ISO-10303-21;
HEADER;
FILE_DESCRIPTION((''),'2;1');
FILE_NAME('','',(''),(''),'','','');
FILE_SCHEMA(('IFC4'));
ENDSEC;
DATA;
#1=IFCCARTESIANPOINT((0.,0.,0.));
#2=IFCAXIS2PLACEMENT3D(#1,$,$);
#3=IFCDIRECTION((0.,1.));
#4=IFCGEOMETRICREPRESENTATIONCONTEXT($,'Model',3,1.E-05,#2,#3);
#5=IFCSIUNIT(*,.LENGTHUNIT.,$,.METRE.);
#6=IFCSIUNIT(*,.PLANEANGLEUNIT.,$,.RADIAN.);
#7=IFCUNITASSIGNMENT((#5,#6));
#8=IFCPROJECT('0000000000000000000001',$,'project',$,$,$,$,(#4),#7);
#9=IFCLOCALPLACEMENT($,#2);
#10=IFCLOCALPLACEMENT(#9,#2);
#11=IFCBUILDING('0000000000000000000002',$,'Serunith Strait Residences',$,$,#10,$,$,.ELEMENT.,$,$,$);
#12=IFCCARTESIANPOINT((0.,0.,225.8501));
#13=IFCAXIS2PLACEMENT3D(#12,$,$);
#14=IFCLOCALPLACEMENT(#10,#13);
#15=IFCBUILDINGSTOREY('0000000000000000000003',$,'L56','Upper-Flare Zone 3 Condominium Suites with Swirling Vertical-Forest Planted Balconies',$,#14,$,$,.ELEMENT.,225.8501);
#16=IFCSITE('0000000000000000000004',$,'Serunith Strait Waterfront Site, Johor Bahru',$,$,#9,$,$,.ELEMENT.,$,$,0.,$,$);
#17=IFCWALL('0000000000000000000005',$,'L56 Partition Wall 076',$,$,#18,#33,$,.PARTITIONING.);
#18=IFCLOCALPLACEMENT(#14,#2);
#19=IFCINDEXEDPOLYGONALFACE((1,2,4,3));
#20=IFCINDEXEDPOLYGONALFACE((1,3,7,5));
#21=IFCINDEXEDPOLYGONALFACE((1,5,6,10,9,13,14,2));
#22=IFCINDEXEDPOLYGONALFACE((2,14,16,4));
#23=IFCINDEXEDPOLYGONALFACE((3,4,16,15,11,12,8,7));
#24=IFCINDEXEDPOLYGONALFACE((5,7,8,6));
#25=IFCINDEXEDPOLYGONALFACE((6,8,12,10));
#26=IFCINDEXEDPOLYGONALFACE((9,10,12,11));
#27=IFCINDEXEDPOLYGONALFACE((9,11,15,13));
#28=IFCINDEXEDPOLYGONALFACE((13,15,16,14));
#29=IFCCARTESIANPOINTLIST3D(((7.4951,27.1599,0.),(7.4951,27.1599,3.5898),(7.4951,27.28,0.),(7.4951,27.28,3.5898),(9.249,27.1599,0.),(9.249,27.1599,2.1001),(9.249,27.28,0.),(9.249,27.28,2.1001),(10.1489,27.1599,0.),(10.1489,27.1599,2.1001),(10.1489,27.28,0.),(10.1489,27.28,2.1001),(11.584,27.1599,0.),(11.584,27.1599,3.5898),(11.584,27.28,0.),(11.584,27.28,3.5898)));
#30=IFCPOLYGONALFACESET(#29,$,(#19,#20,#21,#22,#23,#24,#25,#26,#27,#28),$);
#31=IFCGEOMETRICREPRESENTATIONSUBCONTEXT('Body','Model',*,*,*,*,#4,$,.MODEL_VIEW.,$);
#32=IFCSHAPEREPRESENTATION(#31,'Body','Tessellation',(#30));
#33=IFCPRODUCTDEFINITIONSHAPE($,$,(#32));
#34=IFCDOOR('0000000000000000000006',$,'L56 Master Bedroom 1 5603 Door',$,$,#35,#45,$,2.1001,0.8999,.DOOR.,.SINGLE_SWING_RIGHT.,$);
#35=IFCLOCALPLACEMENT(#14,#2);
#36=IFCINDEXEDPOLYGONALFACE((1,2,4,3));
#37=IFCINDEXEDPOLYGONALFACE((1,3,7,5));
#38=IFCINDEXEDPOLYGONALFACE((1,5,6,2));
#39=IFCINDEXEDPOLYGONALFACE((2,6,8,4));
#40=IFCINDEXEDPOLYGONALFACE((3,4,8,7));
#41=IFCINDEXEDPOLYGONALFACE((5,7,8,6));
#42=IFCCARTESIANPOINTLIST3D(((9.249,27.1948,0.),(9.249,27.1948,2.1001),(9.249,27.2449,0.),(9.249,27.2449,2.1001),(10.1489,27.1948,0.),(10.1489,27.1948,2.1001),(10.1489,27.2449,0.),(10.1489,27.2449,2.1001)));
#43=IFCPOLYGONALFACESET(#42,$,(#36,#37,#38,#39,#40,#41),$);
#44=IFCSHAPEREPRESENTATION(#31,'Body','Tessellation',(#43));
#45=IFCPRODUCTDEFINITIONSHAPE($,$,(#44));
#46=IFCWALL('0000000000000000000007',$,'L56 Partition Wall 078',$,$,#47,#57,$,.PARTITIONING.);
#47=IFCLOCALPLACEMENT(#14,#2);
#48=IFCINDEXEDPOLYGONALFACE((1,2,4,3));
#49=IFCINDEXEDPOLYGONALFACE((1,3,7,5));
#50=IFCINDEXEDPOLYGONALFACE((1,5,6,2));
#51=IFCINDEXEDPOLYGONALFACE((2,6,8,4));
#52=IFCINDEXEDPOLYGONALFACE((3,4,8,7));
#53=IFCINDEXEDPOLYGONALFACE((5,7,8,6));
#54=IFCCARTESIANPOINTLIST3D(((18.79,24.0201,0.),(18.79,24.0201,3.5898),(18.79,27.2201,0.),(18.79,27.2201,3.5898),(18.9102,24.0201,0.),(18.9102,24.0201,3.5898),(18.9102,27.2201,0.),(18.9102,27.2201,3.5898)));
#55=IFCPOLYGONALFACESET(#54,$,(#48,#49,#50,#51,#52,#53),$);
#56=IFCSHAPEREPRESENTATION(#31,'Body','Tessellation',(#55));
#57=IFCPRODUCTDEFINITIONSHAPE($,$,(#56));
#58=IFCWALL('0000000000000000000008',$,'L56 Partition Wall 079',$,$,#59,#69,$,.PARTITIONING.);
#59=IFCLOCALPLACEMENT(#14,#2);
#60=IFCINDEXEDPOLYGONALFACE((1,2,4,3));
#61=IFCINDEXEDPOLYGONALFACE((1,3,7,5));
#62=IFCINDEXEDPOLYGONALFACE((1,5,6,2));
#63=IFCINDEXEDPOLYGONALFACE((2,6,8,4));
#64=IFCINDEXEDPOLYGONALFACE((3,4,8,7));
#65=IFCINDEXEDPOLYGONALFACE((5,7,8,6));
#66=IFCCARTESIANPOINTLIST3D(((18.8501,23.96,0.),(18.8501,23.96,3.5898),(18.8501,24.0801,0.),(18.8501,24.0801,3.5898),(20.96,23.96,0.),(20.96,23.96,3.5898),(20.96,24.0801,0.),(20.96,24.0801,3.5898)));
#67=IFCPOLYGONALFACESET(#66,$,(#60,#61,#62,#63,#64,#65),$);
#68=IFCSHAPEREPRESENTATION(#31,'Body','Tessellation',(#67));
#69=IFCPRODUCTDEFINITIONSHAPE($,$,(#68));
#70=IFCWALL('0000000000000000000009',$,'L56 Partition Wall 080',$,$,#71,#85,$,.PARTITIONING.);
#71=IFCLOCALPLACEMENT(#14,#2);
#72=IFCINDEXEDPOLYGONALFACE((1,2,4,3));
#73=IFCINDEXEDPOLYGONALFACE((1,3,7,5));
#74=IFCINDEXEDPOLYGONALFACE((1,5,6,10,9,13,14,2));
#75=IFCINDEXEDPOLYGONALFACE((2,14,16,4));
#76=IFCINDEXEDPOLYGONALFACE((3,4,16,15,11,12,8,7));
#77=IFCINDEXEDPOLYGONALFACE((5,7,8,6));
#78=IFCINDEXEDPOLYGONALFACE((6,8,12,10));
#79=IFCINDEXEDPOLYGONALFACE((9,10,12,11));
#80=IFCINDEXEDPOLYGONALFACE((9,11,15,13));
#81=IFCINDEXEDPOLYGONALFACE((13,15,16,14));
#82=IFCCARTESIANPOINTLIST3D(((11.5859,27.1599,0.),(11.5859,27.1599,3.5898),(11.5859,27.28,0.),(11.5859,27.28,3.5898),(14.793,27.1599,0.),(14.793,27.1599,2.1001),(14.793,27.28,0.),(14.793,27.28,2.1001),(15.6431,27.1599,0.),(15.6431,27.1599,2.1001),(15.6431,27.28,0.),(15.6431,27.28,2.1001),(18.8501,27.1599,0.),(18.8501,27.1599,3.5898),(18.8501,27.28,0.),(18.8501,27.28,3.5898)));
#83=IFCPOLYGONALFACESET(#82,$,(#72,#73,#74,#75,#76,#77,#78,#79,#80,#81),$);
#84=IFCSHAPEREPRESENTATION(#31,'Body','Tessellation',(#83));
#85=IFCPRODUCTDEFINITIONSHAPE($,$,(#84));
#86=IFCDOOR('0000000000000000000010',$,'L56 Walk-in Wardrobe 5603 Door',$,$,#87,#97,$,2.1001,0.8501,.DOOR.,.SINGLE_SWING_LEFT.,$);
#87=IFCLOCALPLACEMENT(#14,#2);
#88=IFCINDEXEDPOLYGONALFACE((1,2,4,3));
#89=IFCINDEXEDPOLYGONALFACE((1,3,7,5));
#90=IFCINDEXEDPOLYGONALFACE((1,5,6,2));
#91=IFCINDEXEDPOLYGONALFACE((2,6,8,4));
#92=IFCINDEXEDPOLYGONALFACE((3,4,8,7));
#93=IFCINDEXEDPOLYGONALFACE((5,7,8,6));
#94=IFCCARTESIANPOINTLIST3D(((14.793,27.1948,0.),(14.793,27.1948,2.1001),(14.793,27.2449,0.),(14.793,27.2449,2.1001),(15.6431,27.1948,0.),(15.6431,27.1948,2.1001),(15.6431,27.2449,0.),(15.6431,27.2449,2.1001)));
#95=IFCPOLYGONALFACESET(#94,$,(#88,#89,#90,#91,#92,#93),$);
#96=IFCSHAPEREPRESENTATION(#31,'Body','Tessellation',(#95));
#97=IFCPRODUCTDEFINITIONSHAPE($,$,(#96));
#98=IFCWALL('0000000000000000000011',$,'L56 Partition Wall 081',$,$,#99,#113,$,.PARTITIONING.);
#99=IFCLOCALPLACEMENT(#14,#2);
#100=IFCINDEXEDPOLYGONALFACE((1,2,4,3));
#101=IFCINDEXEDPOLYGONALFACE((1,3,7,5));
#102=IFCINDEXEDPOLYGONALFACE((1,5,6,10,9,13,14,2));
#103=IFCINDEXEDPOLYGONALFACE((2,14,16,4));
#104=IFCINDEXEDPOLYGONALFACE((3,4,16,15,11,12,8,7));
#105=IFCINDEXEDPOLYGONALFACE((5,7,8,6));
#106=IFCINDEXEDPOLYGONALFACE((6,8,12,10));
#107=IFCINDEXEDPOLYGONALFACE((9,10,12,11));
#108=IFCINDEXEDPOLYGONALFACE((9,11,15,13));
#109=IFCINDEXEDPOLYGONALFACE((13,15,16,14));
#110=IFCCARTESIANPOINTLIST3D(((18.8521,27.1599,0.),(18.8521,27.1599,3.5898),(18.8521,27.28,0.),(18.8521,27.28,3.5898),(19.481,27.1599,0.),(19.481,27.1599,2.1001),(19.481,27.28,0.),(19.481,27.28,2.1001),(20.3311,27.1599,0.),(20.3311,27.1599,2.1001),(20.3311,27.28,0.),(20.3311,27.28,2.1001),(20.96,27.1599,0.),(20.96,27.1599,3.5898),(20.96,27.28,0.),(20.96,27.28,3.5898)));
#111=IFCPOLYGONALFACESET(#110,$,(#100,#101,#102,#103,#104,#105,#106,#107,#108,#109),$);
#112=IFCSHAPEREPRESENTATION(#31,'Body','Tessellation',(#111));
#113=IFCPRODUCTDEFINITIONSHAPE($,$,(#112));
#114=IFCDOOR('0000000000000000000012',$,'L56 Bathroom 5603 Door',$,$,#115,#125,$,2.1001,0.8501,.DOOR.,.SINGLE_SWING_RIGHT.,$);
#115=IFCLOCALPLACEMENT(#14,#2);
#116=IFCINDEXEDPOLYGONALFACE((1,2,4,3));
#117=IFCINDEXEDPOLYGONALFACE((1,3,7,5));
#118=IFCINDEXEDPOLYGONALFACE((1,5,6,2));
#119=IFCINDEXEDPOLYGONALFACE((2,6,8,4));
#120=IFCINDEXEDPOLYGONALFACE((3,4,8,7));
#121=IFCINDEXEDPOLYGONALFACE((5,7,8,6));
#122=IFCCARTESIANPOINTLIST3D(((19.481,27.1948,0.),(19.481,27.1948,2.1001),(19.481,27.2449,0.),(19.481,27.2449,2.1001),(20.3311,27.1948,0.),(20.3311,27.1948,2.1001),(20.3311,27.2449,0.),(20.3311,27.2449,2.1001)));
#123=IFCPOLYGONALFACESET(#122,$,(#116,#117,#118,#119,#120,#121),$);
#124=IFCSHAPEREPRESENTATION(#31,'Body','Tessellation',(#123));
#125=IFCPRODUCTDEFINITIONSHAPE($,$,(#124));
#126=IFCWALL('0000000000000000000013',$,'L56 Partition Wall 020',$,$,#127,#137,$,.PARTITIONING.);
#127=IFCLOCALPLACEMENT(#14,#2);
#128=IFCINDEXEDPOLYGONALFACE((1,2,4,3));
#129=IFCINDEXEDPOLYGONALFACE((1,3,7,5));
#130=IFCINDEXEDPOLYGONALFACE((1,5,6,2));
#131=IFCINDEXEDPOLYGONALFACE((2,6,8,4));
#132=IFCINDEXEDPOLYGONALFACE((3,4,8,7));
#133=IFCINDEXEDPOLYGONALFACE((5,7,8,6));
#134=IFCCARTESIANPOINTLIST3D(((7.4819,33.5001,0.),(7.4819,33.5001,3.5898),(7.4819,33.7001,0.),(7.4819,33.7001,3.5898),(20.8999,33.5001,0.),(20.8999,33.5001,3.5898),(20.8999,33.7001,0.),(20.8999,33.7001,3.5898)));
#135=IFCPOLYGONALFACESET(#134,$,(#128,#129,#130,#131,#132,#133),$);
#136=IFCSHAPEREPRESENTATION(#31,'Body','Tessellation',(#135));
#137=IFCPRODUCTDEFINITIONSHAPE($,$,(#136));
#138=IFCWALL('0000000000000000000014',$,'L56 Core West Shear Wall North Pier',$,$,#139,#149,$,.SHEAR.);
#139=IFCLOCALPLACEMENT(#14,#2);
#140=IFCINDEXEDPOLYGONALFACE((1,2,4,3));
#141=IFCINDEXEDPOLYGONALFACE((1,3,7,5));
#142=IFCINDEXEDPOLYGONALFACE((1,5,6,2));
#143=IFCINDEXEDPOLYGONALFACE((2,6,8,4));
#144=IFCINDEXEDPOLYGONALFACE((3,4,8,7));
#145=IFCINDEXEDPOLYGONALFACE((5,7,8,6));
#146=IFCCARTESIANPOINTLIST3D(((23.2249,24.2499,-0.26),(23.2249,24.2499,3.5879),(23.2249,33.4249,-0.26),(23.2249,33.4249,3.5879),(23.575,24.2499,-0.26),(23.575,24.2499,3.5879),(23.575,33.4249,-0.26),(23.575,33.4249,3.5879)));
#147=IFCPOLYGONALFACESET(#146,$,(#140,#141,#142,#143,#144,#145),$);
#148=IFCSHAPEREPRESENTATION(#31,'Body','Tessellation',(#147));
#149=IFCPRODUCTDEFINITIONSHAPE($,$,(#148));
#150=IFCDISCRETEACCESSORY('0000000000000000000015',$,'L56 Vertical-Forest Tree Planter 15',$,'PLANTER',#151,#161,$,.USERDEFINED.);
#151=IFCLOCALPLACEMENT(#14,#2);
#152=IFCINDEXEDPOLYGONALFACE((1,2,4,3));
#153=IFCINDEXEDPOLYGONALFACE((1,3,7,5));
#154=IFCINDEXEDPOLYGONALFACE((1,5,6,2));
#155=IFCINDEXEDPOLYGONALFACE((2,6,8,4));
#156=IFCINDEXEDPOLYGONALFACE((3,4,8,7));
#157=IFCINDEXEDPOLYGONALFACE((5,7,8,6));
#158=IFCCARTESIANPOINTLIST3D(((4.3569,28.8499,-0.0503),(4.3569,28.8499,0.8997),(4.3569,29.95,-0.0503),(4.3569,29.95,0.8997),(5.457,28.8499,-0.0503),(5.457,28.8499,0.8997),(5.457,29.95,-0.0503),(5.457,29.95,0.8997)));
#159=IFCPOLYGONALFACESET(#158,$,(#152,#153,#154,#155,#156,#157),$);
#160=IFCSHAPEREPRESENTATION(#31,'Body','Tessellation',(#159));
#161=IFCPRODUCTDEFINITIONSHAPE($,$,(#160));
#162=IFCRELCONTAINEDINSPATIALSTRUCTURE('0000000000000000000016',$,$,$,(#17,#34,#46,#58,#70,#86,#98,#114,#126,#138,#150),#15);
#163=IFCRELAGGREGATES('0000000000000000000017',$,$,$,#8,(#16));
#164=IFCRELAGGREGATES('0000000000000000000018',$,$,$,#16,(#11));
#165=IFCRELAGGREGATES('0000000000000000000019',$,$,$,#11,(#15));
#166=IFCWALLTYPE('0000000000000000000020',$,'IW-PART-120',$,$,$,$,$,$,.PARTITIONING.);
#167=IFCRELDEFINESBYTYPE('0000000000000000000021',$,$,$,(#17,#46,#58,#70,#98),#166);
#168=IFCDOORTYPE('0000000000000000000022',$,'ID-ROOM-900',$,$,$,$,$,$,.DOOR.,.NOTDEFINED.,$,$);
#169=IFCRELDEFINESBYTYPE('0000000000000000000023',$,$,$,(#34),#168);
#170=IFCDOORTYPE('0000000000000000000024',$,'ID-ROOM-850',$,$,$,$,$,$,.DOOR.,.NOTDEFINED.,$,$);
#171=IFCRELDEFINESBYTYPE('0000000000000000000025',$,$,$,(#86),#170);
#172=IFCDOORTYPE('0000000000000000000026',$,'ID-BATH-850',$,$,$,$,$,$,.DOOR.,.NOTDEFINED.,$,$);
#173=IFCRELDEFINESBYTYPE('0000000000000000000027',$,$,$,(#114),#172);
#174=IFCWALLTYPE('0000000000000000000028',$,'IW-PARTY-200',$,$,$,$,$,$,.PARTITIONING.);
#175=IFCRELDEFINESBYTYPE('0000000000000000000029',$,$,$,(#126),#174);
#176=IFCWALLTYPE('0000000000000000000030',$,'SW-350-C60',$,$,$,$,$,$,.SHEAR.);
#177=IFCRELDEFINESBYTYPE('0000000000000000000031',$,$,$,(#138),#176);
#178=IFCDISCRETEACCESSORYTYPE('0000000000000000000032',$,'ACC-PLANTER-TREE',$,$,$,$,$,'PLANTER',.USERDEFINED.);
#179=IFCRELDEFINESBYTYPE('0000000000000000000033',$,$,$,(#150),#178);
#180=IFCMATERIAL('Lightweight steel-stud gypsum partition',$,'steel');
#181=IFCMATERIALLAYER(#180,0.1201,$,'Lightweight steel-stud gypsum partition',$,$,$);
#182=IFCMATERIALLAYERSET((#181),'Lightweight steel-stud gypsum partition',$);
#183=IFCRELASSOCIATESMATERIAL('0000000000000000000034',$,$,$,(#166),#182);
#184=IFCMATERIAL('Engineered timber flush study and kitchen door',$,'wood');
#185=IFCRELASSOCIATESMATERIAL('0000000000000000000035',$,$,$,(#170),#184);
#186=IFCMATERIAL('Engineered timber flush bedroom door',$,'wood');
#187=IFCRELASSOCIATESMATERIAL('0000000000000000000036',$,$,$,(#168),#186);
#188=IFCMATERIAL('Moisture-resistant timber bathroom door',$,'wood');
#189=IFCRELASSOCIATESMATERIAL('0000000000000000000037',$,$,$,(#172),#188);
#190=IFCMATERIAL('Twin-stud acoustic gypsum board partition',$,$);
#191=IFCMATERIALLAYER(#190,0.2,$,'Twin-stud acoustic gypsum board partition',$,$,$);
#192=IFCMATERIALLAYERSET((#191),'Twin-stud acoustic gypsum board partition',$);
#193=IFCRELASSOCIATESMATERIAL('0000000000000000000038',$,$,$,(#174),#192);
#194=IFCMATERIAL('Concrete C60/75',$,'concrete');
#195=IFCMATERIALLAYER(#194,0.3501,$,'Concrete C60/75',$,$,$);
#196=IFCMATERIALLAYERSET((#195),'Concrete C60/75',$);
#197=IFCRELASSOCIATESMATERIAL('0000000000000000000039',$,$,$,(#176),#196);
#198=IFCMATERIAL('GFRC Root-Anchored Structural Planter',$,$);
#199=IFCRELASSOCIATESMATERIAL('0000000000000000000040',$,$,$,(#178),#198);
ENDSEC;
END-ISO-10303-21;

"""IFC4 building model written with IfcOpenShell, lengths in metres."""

from ifc_helpers import new_model, si_unit, direction, frame, frame_2d, origin, origin_2d, place, context, subcontext, project, spatial, rectangle, extrude, source, transform, mapped, material, layer, layer_set, type_object, element, fill, save


model = new_model("IFC4")

# Units and contexts
model_context = context("Model", 3, precision=1e-05, world=origin(), true_north=direction((0.0, 1.0)))
body_context = subcontext(model_context, "Body", "Model", "MODEL_VIEW")
ifc_project = project(units=[si_unit("LENGTHUNIT", "METRE"), si_unit("PLANEANGLEUNIT", "RADIAN")], contexts=[model_context])

# Site, building, storey
site_placement = place(None, origin())
site = spatial("IfcSite", under=ifc_project, at=site_placement, Name="Serunith Strait Waterfront Site, Johor Bahru", CompositionType="ELEMENT", RefElevation=0.0)
building_placement = place(site_placement, origin())
building = spatial("IfcBuilding", under=site, at=building_placement, Name="Serunith Strait Residences", CompositionType="ELEMENT")
storey_placement = place(building_placement, frame((0.0, 0.0, 225.8501)))
storey = spatial("IfcBuildingStorey", under=building, at=storey_placement, Name="L56", Description="Upper-Flare Zone 3 Condominium Suites with Swirling Vertical-Forest Planted Balconies", CompositionType="ELEMENT", Elevation=225.8501)

# Shared definitions
ifc_material_1 = material(Name="Lightweight steel-stud gypsum partition", Category="steel")
ifc_layer_1 = layer(ifc_material_1, 0.1201, Name="Lightweight steel-stud gypsum partition")
ifc_layer_set_1 = layer_set([ifc_layer_1], Name="Lightweight steel-stud gypsum partition")
wall_type_1 = type_object("IfcWallType", Name="IW-PART-120", PredefinedType="PARTITIONING", material=ifc_layer_set_1)
ifc_material_2 = material(Name="Engineered timber flush study and kitchen door", Category="wood")
door_type_1 = type_object("IfcDoorType", Name="ID-ROOM-850", OperationType="NOTDEFINED", PredefinedType="DOOR", material=ifc_material_2)
shared_shape_1 = source(origin(), body_context, "Body", "SweptSolid", [
    extrude(rectangle(XDim=0.8501, YDim=2.1001, at=frame_2d((0.425, 1.05))), frame((0.0, 0.0249, 0.0), z_axis=(0.0, -1.0, 0.0), x_axis=(1.0, 0.0, 0.0)), (0.0, 0.0, 1.0), 0.05),
])

# Wall, opening, door
wall_1_placement = place(storey_placement, frame((7.4951, 27.22, 0.0), z_axis=(0.0, 0.0, 1.0), x_axis=(1.0, 0.0, 0.0)))
wall_1 = element("IfcWall", 1, at=wall_1_placement, inside=storey, type_object=wall_type_1, Name="L56 Partition Wall 076", PredefinedType="PARTITIONING", context=body_context, shape_type="SweptSolid", body=[
    extrude(rectangle(XDim=4.0889, YDim=0.1201, at=frame_2d((2.0444, 0.0))), origin(), (0.0, 0.0, 1.0), 3.5898),
])
opening_1_placement = place(wall_1_placement, frame((1.7539, 0.0, 0.0)))
opening_1 = element("IfcOpeningElement", 2, at=opening_1_placement, cuts=wall_1, PredefinedType="OPENING", context=body_context, shape_type="SweptSolid", body=[
    extrude(rectangle(XDim=0.8999, YDim=2.1001, at=frame_2d((0.45, 1.05))), frame((0.0, 0.0701, 0.0), z_axis=(0.0, -1.0, 0.0), x_axis=(1.0, 0.0, 0.0)), (0.0, 0.0, 1.0), 0.1401),
])
ifc_material_3 = material(Name="Engineered timber flush bedroom door", Category="wood")
door_type_2 = type_object("IfcDoorType", Name="ID-ROOM-900", OperationType="NOTDEFINED", PredefinedType="DOOR", material=ifc_material_3)
shared_shape_2 = source(origin(), body_context, "Body", "SweptSolid", [
    extrude(rectangle(XDim=0.8999, YDim=2.1001, at=frame_2d((0.45, 1.05))), frame((0.0, 0.0249, 0.0), z_axis=(0.0, -1.0, 0.0), x_axis=(1.0, 0.0, 0.0)), (0.0, 0.0, 1.0), 0.05),
])
door_1_placement = place(opening_1_placement, origin())
door_1 = element("IfcDoor", 3, at=door_1_placement, inside=storey, type_object=door_type_2, Name="L56 Master Bedroom 1 5603 Door", OperationType="SINGLE_SWING_RIGHT", OverallHeight=2.1001, OverallWidth=0.8999, PredefinedType="DOOR", context=body_context, shape_type="MappedRepresentation", body=[
    mapped(shared_shape_2, transform((0.0, 0.0, 0.0), scale=1.0)),
])
fill(opening_1, door_1)

# Walls
wall_2_placement = place(storey_placement, frame((18.8501, 24.02, 0.0), z_axis=(0.0, 0.0, 1.0), x_axis=(0.0, 1.0, 0.0)))
element("IfcWall", 4, at=wall_2_placement, inside=storey, type_object=wall_type_1, Name="L56 Partition Wall 078", PredefinedType="PARTITIONING", context=body_context, shape_type="SweptSolid", body=[
    extrude(rectangle(XDim=3.2, YDim=0.1201, at=frame_2d((1.6001, 0.0))), origin(), (0.0, 0.0, 1.0), 3.5898),
])
wall_3_placement = place(storey_placement, frame((18.8501, 24.02, 0.0), z_axis=(0.0, 0.0, 1.0), x_axis=(1.0, 0.0, 0.0)))
element("IfcWall", 5, at=wall_3_placement, inside=storey, type_object=wall_type_1, Name="L56 Partition Wall 079", PredefinedType="PARTITIONING", context=body_context, shape_type="SweptSolid", body=[
    extrude(rectangle(XDim=2.1099, YDim=0.1201, at=frame_2d((1.0549, 0.0))), origin(), (0.0, 0.0, 1.0), 3.5898),
])

# Walls, openings, doors
wall_4_placement = place(storey_placement, frame((11.5859, 27.22, 0.0), z_axis=(0.0, 0.0, 1.0), x_axis=(1.0, 0.0, 0.0)))
wall_4 = element("IfcWall", 6, at=wall_4_placement, inside=storey, type_object=wall_type_1, Name="L56 Partition Wall 080", PredefinedType="PARTITIONING", context=body_context, shape_type="SweptSolid", body=[
    extrude(rectangle(XDim=7.2642, YDim=0.1201, at=frame_2d((3.6321, 0.0))), origin(), (0.0, 0.0, 1.0), 3.5898),
])
opening_2_placement = place(wall_4_placement, frame((3.207, 0.0, 0.0)))
opening_2 = element("IfcOpeningElement", 7, at=opening_2_placement, cuts=wall_4, PredefinedType="OPENING", context=body_context, shape_type="SweptSolid", body=[
    extrude(rectangle(XDim=0.8501, YDim=2.1001, at=frame_2d((0.425, 1.05))), frame((0.0, 0.0701, 0.0), z_axis=(0.0, -1.0, 0.0), x_axis=(1.0, 0.0, 0.0)), (0.0, 0.0, 1.0), 0.1401),
])
door_2_placement = place(opening_2_placement, origin())
door_2 = element("IfcDoor", 8, at=door_2_placement, inside=storey, type_object=door_type_1, Name="L56 Walk-in Wardrobe 5603 Door", OperationType="SINGLE_SWING_LEFT", OverallHeight=2.1001, OverallWidth=0.8501, PredefinedType="DOOR", context=body_context, shape_type="MappedRepresentation", body=[
    mapped(shared_shape_1, transform((0.0, 0.0, 0.0), scale=1.0)),
])
fill(opening_2, door_2)
wall_5_placement = place(storey_placement, frame((18.8521, 27.22, 0.0), z_axis=(0.0, 0.0, 1.0), x_axis=(1.0, 0.0, 0.0)))
wall_5 = element("IfcWall", 9, at=wall_5_placement, inside=storey, type_object=wall_type_1, Name="L56 Partition Wall 081", PredefinedType="PARTITIONING", context=body_context, shape_type="SweptSolid", body=[
    extrude(rectangle(XDim=2.1079, YDim=0.1201, at=frame_2d((1.054, 0.0))), origin(), (0.0, 0.0, 1.0), 3.5898),
])
opening_3_placement = place(wall_5_placement, frame((0.6289, 0.0, 0.0)))
opening_3 = element("IfcOpeningElement", 10, at=opening_3_placement, cuts=wall_5, PredefinedType="OPENING", context=body_context, shape_type="SweptSolid", body=[
    extrude(rectangle(XDim=0.8501, YDim=2.1001, at=frame_2d((0.425, 1.05))), frame((0.0, 0.0701, 0.0), z_axis=(0.0, -1.0, 0.0), x_axis=(1.0, 0.0, 0.0)), (0.0, 0.0, 1.0), 0.1401),
])
ifc_material_4 = material(Name="Moisture-resistant timber bathroom door", Category="wood")
door_type_3 = type_object("IfcDoorType", Name="ID-BATH-850", OperationType="NOTDEFINED", PredefinedType="DOOR", material=ifc_material_4)
door_3_placement = place(opening_3_placement, origin())
door_3 = element("IfcDoor", 11, at=door_3_placement, inside=storey, type_object=door_type_3, Name="L56 Bathroom 5603 Door", OperationType="SINGLE_SWING_RIGHT", OverallHeight=2.1001, OverallWidth=0.8501, PredefinedType="DOOR", context=body_context, shape_type="MappedRepresentation", body=[
    mapped(shared_shape_1, transform((0.0, 0.0, 0.0), scale=1.0)),
])
fill(opening_3, door_3)

# Walls
ifc_material_5 = material(Name="Twin-stud acoustic gypsum board partition")
ifc_layer_2 = layer(ifc_material_5, 0.2, Name="Twin-stud acoustic gypsum board partition")
ifc_layer_set_2 = layer_set([ifc_layer_2], Name="Twin-stud acoustic gypsum board partition")
wall_type_2 = type_object("IfcWallType", Name="IW-PARTY-200", PredefinedType="PARTITIONING", material=ifc_layer_set_2)
wall_6_placement = place(storey_placement, frame((7.4819, 33.6001, 0.0), z_axis=(0.0, 0.0, 1.0), x_axis=(1.0, 0.0, 0.0)))
element("IfcWall", 12, at=wall_6_placement, inside=storey, type_object=wall_type_2, Name="L56 Partition Wall 020", PredefinedType="PARTITIONING", context=body_context, shape_type="SweptSolid", body=[
    extrude(rectangle(XDim=13.418, YDim=0.2, at=frame_2d((6.709, 0.0))), origin(), (0.0, 0.0, 1.0), 3.5898),
])
ifc_material_6 = material(Name="Concrete C60/75", Category="concrete")
ifc_layer_3 = layer(ifc_material_6, 0.3501, Name="Concrete C60/75")
ifc_layer_set_3 = layer_set([ifc_layer_3], Name="Concrete C60/75")
wall_type_3 = type_object("IfcWallType", Name="SW-350-C60", PredefinedType="SHEAR", material=ifc_layer_set_3)
wall_7_placement = place(storey_placement, frame((23.3999, 24.25, -0.26), z_axis=(0.0, 0.0, 1.0), x_axis=(0.0, 1.0, 0.0)))
element("IfcWall", 13, at=wall_7_placement, inside=storey, type_object=wall_type_3, Name="L56 Core West Shear Wall North Pier", PredefinedType="SHEAR", context=body_context, shape_type="SweptSolid", body=[
    extrude(rectangle(XDim=9.175, YDim=0.3501, at=frame_2d((4.5874, 0.0))), origin(), (0.0, 0.0, 1.0), 3.8479),
])

# Discrete accessory
ifc_material_7 = material(Name="GFRC Root-Anchored Structural Planter")
discrete_accessory_type = type_object("IfcDiscreteAccessoryType", Name="ACC-PLANTER-TREE", ElementType="PLANTER", PredefinedType="USERDEFINED", material=ifc_material_7)
shared_shape_3 = source(origin(), body_context, "Body", "SweptSolid", [
    extrude(rectangle(XDim=1.1001, YDim=1.1001, at=origin_2d()), origin(), (0.0, 0.0, 1.0), 0.95),
])
discrete_accessory_placement = place(storey_placement, frame((4.907, 29.3999, -0.0503), z_axis=(0.0, 0.0, 1.0), x_axis=(0.0, -1.0, 0.0)))
element("IfcDiscreteAccessory", 14, at=discrete_accessory_placement, inside=storey, type_object=discrete_accessory_type, Name="L56 Vertical-Forest Tree Planter 15", ObjectType="PLANTER", PredefinedType="USERDEFINED", context=body_context, shape_type="MappedRepresentation", body=[
    mapped(shared_shape_3, transform((0.0, 0.0, 0.0), scale=1.0)),
])

save(model, "model.ifc")
